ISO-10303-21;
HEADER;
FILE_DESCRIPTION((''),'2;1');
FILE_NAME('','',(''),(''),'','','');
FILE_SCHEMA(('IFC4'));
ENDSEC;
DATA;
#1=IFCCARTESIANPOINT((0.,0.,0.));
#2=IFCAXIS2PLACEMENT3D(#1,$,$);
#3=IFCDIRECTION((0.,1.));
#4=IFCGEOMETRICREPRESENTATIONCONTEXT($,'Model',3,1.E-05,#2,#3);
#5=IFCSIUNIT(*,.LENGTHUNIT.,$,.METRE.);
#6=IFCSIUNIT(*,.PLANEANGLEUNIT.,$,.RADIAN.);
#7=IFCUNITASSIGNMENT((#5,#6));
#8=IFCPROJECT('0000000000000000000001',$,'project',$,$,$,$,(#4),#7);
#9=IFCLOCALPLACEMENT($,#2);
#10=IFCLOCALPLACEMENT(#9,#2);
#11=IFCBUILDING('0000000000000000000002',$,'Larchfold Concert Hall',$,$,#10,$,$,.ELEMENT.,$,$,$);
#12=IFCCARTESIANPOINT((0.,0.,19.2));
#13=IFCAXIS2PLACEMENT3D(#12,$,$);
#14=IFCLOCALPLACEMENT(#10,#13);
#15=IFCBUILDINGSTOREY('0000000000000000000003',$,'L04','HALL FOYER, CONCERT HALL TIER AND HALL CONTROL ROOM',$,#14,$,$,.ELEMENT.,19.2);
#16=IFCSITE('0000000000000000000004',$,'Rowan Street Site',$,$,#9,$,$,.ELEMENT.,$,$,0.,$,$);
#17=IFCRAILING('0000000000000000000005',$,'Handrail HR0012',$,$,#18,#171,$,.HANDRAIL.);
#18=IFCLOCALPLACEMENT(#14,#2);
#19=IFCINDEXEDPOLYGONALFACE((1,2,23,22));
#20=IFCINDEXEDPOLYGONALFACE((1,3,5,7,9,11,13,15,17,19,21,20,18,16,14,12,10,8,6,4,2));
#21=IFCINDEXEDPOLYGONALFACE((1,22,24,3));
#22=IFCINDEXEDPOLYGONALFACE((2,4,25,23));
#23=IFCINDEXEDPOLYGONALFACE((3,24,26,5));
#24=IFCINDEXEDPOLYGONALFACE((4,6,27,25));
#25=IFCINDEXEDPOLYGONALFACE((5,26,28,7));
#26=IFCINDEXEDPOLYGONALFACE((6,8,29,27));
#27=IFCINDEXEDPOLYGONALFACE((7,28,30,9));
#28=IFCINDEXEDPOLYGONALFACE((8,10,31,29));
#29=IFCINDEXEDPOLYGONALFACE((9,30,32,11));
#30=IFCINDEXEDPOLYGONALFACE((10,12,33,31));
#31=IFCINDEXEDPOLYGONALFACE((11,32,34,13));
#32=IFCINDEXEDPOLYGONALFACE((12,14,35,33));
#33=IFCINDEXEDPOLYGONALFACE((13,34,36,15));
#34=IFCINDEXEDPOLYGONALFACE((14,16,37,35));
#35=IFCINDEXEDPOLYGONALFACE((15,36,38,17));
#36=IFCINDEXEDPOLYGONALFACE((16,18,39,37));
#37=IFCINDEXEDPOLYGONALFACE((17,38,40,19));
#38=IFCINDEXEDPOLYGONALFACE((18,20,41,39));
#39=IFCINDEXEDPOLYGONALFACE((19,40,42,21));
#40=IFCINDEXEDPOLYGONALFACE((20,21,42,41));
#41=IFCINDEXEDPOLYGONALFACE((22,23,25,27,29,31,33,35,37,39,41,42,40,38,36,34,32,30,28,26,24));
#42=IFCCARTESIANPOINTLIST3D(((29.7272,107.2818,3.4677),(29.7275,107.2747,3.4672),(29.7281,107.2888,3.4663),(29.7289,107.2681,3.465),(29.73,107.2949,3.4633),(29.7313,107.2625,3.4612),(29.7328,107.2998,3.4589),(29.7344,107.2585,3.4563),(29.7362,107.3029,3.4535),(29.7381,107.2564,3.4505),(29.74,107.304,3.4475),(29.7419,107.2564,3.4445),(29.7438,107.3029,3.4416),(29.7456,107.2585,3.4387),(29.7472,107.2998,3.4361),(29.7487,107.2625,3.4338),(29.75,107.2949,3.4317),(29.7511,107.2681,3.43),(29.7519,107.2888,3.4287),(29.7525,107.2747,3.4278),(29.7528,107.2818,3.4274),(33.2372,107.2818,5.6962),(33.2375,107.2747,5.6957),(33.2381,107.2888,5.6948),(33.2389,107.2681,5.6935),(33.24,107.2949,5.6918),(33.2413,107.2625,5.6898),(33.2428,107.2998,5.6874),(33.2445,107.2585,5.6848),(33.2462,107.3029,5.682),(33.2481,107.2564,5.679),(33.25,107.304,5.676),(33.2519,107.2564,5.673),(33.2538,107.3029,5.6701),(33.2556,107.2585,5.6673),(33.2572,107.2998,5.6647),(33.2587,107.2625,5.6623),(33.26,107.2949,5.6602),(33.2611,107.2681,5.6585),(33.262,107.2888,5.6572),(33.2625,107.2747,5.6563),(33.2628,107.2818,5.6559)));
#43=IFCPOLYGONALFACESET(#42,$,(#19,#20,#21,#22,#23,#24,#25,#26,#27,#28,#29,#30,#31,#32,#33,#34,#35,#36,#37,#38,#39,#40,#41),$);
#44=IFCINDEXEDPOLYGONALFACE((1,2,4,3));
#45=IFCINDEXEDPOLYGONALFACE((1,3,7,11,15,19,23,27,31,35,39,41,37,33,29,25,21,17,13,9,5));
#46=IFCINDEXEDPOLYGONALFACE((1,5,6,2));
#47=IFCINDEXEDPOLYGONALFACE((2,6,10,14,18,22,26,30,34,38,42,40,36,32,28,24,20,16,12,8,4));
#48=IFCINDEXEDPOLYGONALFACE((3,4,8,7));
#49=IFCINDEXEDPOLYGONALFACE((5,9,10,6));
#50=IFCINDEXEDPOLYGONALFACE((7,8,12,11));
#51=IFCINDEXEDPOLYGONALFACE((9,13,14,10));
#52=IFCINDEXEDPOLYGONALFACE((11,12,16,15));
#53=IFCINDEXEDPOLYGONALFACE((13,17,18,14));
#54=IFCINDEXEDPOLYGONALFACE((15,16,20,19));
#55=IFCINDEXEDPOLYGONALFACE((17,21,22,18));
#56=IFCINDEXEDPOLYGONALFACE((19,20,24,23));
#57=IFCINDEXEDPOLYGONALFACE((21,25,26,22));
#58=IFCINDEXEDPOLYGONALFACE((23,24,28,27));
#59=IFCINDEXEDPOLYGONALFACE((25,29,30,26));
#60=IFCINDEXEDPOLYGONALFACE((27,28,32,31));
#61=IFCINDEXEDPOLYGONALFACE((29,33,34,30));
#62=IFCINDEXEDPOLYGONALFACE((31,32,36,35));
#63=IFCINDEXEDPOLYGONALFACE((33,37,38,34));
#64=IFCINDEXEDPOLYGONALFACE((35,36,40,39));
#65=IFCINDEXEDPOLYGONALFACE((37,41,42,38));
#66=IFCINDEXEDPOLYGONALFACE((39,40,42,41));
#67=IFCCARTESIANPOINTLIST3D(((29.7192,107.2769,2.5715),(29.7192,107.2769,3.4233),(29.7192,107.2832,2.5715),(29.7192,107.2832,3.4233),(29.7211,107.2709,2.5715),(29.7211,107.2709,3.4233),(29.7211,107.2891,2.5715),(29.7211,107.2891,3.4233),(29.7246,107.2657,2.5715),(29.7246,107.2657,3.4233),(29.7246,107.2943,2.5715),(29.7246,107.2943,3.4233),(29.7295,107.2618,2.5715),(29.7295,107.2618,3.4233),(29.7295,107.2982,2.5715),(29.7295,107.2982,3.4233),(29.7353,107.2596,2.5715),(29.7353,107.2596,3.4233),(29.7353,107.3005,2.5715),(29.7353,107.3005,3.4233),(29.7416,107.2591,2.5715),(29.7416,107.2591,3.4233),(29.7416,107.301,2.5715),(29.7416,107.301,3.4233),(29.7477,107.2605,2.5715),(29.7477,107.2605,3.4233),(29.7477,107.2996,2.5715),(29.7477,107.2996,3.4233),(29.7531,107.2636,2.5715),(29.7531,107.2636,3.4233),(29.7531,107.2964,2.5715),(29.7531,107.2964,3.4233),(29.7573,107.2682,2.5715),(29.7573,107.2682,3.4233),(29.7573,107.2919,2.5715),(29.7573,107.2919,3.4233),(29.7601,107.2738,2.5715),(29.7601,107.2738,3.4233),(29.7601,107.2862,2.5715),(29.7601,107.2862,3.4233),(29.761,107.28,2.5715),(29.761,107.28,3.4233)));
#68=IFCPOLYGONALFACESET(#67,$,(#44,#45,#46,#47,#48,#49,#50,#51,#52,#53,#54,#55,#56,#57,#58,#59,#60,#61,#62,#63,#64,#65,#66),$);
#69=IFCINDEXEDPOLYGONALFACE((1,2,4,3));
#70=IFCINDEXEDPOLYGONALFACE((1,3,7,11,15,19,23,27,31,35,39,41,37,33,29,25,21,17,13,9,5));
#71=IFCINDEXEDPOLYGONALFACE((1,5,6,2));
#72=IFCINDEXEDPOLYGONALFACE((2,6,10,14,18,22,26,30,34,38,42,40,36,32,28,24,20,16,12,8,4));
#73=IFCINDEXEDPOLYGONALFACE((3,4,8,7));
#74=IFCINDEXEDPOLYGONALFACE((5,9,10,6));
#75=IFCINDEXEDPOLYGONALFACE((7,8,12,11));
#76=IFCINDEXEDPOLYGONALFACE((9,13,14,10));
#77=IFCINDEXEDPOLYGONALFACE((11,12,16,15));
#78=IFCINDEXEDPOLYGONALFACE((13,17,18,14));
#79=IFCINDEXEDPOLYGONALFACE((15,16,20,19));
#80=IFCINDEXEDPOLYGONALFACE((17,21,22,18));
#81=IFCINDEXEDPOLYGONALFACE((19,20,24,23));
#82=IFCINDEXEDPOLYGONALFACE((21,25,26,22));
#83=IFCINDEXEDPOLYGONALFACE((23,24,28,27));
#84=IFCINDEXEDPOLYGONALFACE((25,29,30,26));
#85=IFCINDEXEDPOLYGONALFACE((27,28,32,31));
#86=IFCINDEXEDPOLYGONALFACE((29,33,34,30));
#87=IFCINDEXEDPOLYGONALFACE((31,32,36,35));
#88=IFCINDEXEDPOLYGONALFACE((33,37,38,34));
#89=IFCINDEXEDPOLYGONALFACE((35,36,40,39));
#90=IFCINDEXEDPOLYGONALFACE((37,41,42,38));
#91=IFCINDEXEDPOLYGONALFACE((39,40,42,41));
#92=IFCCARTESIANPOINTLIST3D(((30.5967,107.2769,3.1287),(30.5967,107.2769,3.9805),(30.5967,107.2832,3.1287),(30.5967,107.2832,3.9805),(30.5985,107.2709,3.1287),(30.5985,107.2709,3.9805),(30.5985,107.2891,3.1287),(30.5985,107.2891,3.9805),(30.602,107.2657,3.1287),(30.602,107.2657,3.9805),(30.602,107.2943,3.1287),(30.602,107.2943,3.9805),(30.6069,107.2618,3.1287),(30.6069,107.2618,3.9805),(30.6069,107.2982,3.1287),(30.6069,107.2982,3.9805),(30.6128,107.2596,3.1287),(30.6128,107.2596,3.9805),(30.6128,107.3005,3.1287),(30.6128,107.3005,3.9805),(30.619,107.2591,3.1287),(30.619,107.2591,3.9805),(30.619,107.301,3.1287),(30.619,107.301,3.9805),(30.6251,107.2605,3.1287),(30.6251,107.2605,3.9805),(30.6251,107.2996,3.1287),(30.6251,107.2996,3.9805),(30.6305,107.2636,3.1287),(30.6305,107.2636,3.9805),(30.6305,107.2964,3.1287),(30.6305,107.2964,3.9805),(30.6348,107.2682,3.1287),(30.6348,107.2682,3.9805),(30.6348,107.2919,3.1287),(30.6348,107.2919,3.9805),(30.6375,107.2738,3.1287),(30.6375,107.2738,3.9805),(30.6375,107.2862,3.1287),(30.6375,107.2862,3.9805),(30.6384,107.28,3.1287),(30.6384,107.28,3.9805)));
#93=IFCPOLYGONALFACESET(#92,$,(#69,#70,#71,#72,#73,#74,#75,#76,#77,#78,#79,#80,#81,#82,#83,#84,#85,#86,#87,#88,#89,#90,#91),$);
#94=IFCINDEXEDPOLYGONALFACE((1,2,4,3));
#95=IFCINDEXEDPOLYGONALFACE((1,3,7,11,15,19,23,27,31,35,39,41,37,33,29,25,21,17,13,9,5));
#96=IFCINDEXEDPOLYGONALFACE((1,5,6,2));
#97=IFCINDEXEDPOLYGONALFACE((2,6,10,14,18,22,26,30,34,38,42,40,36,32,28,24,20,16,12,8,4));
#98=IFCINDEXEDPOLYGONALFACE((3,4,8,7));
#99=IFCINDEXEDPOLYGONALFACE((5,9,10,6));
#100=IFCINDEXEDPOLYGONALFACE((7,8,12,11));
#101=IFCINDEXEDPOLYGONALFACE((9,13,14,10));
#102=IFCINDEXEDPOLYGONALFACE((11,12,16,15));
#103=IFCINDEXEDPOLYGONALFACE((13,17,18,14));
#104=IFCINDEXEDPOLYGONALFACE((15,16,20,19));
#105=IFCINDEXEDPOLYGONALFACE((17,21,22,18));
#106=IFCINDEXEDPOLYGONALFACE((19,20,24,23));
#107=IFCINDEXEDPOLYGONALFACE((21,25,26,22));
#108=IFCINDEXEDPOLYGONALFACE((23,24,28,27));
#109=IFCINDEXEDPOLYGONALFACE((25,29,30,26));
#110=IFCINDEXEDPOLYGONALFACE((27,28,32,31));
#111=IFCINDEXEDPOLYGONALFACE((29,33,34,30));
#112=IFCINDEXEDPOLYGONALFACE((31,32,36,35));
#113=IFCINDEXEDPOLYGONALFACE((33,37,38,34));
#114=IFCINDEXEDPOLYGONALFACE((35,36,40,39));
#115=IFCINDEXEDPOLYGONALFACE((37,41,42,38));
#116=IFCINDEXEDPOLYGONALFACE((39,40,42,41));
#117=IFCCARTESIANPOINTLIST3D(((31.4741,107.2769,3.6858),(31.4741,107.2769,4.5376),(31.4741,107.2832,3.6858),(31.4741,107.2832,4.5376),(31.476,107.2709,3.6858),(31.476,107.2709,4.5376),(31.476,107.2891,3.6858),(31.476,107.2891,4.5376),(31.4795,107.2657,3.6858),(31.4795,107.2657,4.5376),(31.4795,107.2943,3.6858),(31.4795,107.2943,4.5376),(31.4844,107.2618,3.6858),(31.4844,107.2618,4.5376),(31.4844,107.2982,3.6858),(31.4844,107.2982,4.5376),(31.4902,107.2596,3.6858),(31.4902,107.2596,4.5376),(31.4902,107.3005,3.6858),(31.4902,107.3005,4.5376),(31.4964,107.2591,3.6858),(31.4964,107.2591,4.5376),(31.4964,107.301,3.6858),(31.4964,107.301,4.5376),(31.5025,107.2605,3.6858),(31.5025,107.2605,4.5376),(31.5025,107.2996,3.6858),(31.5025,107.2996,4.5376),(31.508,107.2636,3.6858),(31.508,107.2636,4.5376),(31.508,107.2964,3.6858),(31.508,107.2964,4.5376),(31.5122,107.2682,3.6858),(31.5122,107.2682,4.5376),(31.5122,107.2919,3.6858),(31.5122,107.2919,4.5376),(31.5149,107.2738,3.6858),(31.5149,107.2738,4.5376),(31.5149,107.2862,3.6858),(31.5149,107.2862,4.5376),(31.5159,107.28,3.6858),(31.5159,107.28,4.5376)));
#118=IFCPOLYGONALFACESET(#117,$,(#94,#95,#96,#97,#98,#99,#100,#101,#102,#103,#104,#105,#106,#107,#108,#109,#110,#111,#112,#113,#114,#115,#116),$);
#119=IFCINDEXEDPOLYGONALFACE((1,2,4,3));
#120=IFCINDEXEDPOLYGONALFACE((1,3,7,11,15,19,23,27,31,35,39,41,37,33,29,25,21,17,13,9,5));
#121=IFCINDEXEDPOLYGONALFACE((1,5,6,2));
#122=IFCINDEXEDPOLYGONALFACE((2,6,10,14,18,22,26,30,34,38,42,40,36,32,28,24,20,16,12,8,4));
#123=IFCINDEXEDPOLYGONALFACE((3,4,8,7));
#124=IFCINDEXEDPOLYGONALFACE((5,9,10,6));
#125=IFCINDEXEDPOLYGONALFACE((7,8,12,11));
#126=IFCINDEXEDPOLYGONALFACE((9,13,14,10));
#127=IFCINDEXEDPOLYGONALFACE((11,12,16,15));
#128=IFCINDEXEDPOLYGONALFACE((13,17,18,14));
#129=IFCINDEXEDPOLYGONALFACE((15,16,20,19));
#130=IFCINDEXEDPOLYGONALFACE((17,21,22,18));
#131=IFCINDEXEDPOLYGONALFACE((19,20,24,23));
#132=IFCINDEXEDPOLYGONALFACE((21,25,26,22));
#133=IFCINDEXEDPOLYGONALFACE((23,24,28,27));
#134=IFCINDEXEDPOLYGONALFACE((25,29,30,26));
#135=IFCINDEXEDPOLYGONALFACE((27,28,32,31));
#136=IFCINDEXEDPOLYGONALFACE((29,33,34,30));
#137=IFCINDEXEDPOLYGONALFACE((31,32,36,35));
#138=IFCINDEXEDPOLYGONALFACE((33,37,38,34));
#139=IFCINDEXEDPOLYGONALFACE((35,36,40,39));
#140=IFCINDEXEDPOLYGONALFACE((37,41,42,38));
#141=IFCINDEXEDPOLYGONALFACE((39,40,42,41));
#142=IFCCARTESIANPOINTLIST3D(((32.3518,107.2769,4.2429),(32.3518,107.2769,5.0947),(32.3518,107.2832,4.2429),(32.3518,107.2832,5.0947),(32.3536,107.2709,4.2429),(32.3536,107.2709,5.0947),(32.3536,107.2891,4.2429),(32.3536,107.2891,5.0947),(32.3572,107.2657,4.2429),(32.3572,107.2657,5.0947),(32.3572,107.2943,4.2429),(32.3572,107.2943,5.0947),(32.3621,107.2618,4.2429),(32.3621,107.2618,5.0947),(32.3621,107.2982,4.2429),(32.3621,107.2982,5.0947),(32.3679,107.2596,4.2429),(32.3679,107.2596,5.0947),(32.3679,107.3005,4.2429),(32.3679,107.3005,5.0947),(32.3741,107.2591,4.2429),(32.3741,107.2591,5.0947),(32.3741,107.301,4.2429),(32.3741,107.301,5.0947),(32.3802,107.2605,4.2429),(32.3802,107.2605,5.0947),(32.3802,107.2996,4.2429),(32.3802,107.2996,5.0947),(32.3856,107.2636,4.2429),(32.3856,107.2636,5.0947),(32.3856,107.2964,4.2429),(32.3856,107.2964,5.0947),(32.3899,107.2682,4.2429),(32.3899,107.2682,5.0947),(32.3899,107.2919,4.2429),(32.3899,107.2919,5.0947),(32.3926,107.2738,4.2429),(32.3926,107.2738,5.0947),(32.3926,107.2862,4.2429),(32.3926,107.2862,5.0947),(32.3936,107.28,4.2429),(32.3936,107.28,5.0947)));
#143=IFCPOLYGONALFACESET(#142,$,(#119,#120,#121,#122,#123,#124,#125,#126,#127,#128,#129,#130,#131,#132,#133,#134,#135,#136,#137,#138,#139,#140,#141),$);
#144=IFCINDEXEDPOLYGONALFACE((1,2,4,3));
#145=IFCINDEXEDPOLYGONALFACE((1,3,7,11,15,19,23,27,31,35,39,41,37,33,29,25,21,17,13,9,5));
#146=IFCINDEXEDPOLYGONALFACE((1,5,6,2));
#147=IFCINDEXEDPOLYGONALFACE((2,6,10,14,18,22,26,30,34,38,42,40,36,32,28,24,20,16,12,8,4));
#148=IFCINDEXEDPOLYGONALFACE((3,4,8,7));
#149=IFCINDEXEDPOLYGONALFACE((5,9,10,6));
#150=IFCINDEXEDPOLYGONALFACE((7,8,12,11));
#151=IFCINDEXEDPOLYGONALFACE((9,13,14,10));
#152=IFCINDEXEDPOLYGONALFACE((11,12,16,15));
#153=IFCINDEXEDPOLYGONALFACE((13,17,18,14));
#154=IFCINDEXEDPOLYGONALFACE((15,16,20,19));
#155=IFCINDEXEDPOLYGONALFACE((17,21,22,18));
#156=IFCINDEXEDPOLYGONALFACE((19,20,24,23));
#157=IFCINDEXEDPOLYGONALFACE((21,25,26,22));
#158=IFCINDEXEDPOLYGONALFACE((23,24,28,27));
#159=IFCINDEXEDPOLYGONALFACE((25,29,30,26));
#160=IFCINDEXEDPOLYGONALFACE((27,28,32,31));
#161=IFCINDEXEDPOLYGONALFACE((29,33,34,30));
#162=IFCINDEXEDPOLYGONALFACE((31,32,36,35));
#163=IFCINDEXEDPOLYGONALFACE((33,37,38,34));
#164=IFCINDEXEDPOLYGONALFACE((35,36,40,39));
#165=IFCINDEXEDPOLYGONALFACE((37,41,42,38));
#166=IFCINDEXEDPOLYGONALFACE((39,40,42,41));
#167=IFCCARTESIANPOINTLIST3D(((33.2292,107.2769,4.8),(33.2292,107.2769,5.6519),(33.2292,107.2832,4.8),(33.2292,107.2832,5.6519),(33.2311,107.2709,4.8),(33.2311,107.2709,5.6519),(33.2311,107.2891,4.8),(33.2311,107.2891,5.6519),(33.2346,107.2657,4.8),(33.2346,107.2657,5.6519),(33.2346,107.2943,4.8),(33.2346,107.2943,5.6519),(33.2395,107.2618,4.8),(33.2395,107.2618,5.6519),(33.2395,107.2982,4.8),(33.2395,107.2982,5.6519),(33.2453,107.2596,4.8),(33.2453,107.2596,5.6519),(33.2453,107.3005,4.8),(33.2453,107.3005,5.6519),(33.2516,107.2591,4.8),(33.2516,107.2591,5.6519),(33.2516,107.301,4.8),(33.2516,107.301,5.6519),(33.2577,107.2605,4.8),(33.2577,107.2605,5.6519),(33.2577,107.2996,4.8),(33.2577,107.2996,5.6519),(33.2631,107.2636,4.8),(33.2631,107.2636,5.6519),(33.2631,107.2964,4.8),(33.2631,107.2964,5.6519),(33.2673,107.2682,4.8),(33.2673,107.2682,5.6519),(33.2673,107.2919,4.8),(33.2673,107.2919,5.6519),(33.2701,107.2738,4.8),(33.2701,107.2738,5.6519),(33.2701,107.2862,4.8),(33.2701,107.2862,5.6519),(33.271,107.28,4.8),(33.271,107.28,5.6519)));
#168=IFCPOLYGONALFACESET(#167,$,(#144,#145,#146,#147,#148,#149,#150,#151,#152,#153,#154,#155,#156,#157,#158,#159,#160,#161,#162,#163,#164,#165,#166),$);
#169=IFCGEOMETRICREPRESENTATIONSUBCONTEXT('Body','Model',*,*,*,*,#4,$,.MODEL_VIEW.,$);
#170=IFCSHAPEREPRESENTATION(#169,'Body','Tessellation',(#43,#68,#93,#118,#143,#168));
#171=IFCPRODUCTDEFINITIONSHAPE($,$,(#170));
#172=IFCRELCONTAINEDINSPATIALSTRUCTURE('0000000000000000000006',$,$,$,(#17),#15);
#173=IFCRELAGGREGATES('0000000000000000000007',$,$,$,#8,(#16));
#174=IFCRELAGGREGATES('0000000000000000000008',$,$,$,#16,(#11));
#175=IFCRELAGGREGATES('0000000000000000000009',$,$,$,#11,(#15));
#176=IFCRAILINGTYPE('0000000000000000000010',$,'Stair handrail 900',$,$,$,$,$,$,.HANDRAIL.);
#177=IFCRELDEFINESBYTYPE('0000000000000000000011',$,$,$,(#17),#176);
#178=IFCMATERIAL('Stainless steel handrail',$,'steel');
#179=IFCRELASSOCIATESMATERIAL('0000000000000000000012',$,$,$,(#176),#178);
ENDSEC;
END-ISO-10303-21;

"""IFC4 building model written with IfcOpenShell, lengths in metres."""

from ifc_helpers import new_model, si_unit, direction, frame, origin, origin_2d, place, context, subcontext, project, spatial, circle, extrude, material, type_object, element, save


model = new_model("IFC4")

# Units and contexts
model_context = context("Model", 3, precision=1e-05, world=origin(), true_north=direction((0.0, 1.0)))
body_context = subcontext(model_context, "Body", "Model", "MODEL_VIEW")
ifc_project = project(units=[si_unit("LENGTHUNIT", "METRE"), si_unit("PLANEANGLEUNIT", "RADIAN")], contexts=[model_context])

# Site, building, storey
site_placement = place(None, origin())
site = spatial("IfcSite", under=ifc_project, at=site_placement, Name="Rowan Street Site", CompositionType="ELEMENT", RefElevation=0.0)
building_placement = place(site_placement, origin())
building = spatial("IfcBuilding", under=site, at=building_placement, Name="Larchfold Concert Hall", CompositionType="ELEMENT")
storey_placement = place(building_placement, frame((0.0, 0.0, 19.2)))
storey = spatial("IfcBuildingStorey", under=building, at=storey_placement, Name="L04", Description="HALL FOYER, CONCERT HALL TIER AND HALL CONTROL ROOM", CompositionType="ELEMENT", Elevation=19.2)

# Railing
ifc_material_1 = material(Name="Stainless steel handrail", Category="steel")
railing_type_1 = type_object("IfcRailingType", Name="Stair handrail 900", PredefinedType="HANDRAIL", material=ifc_material_1)
for number, where, name in (
    (1, (29.74, 107.28, 2.5715), "Handrail HR0012"),
):
    element("IfcRailing", number, at=place(storey_placement, frame(where)), inside=storey, type_object=railing_type_1, Name=name, PredefinedType="HANDRAIL", context=body_context, shape_type="SweptSolid", body=[
        extrude(circle(Radius=0.0239, at=origin_2d()), frame((0.0, 0.0, 0.876), z_axis=(0.84422, 0.0, 0.535998), x_axis=(0.0, 1.0, 0.0)), (0.0, 0.0, 1.0), 4.1577),
        extrude(circle(Radius=0.021, at=origin_2d()), origin(), (0.0, 0.0, 1.0), 0.8518),
        extrude(circle(Radius=0.021, at=origin_2d()), frame((0.8774, 0.0, 0.5571)), (0.0, 0.0, 1.0), 0.8518),
        extrude(circle(Radius=0.021, at=origin_2d()), frame((1.7549, 0.0, 1.1143)), (0.0, 0.0, 1.0), 0.8518),
        extrude(circle(Radius=0.021, at=origin_2d()), frame((2.6326, 0.0, 1.6714)), (0.0, 0.0, 1.0), 0.8518),
        extrude(circle(Radius=0.021, at=origin_2d()), frame((3.51, 0.0, 2.2285)), (0.0, 0.0, 1.0), 0.8518),
    ])

save(model, "model.ifc")
